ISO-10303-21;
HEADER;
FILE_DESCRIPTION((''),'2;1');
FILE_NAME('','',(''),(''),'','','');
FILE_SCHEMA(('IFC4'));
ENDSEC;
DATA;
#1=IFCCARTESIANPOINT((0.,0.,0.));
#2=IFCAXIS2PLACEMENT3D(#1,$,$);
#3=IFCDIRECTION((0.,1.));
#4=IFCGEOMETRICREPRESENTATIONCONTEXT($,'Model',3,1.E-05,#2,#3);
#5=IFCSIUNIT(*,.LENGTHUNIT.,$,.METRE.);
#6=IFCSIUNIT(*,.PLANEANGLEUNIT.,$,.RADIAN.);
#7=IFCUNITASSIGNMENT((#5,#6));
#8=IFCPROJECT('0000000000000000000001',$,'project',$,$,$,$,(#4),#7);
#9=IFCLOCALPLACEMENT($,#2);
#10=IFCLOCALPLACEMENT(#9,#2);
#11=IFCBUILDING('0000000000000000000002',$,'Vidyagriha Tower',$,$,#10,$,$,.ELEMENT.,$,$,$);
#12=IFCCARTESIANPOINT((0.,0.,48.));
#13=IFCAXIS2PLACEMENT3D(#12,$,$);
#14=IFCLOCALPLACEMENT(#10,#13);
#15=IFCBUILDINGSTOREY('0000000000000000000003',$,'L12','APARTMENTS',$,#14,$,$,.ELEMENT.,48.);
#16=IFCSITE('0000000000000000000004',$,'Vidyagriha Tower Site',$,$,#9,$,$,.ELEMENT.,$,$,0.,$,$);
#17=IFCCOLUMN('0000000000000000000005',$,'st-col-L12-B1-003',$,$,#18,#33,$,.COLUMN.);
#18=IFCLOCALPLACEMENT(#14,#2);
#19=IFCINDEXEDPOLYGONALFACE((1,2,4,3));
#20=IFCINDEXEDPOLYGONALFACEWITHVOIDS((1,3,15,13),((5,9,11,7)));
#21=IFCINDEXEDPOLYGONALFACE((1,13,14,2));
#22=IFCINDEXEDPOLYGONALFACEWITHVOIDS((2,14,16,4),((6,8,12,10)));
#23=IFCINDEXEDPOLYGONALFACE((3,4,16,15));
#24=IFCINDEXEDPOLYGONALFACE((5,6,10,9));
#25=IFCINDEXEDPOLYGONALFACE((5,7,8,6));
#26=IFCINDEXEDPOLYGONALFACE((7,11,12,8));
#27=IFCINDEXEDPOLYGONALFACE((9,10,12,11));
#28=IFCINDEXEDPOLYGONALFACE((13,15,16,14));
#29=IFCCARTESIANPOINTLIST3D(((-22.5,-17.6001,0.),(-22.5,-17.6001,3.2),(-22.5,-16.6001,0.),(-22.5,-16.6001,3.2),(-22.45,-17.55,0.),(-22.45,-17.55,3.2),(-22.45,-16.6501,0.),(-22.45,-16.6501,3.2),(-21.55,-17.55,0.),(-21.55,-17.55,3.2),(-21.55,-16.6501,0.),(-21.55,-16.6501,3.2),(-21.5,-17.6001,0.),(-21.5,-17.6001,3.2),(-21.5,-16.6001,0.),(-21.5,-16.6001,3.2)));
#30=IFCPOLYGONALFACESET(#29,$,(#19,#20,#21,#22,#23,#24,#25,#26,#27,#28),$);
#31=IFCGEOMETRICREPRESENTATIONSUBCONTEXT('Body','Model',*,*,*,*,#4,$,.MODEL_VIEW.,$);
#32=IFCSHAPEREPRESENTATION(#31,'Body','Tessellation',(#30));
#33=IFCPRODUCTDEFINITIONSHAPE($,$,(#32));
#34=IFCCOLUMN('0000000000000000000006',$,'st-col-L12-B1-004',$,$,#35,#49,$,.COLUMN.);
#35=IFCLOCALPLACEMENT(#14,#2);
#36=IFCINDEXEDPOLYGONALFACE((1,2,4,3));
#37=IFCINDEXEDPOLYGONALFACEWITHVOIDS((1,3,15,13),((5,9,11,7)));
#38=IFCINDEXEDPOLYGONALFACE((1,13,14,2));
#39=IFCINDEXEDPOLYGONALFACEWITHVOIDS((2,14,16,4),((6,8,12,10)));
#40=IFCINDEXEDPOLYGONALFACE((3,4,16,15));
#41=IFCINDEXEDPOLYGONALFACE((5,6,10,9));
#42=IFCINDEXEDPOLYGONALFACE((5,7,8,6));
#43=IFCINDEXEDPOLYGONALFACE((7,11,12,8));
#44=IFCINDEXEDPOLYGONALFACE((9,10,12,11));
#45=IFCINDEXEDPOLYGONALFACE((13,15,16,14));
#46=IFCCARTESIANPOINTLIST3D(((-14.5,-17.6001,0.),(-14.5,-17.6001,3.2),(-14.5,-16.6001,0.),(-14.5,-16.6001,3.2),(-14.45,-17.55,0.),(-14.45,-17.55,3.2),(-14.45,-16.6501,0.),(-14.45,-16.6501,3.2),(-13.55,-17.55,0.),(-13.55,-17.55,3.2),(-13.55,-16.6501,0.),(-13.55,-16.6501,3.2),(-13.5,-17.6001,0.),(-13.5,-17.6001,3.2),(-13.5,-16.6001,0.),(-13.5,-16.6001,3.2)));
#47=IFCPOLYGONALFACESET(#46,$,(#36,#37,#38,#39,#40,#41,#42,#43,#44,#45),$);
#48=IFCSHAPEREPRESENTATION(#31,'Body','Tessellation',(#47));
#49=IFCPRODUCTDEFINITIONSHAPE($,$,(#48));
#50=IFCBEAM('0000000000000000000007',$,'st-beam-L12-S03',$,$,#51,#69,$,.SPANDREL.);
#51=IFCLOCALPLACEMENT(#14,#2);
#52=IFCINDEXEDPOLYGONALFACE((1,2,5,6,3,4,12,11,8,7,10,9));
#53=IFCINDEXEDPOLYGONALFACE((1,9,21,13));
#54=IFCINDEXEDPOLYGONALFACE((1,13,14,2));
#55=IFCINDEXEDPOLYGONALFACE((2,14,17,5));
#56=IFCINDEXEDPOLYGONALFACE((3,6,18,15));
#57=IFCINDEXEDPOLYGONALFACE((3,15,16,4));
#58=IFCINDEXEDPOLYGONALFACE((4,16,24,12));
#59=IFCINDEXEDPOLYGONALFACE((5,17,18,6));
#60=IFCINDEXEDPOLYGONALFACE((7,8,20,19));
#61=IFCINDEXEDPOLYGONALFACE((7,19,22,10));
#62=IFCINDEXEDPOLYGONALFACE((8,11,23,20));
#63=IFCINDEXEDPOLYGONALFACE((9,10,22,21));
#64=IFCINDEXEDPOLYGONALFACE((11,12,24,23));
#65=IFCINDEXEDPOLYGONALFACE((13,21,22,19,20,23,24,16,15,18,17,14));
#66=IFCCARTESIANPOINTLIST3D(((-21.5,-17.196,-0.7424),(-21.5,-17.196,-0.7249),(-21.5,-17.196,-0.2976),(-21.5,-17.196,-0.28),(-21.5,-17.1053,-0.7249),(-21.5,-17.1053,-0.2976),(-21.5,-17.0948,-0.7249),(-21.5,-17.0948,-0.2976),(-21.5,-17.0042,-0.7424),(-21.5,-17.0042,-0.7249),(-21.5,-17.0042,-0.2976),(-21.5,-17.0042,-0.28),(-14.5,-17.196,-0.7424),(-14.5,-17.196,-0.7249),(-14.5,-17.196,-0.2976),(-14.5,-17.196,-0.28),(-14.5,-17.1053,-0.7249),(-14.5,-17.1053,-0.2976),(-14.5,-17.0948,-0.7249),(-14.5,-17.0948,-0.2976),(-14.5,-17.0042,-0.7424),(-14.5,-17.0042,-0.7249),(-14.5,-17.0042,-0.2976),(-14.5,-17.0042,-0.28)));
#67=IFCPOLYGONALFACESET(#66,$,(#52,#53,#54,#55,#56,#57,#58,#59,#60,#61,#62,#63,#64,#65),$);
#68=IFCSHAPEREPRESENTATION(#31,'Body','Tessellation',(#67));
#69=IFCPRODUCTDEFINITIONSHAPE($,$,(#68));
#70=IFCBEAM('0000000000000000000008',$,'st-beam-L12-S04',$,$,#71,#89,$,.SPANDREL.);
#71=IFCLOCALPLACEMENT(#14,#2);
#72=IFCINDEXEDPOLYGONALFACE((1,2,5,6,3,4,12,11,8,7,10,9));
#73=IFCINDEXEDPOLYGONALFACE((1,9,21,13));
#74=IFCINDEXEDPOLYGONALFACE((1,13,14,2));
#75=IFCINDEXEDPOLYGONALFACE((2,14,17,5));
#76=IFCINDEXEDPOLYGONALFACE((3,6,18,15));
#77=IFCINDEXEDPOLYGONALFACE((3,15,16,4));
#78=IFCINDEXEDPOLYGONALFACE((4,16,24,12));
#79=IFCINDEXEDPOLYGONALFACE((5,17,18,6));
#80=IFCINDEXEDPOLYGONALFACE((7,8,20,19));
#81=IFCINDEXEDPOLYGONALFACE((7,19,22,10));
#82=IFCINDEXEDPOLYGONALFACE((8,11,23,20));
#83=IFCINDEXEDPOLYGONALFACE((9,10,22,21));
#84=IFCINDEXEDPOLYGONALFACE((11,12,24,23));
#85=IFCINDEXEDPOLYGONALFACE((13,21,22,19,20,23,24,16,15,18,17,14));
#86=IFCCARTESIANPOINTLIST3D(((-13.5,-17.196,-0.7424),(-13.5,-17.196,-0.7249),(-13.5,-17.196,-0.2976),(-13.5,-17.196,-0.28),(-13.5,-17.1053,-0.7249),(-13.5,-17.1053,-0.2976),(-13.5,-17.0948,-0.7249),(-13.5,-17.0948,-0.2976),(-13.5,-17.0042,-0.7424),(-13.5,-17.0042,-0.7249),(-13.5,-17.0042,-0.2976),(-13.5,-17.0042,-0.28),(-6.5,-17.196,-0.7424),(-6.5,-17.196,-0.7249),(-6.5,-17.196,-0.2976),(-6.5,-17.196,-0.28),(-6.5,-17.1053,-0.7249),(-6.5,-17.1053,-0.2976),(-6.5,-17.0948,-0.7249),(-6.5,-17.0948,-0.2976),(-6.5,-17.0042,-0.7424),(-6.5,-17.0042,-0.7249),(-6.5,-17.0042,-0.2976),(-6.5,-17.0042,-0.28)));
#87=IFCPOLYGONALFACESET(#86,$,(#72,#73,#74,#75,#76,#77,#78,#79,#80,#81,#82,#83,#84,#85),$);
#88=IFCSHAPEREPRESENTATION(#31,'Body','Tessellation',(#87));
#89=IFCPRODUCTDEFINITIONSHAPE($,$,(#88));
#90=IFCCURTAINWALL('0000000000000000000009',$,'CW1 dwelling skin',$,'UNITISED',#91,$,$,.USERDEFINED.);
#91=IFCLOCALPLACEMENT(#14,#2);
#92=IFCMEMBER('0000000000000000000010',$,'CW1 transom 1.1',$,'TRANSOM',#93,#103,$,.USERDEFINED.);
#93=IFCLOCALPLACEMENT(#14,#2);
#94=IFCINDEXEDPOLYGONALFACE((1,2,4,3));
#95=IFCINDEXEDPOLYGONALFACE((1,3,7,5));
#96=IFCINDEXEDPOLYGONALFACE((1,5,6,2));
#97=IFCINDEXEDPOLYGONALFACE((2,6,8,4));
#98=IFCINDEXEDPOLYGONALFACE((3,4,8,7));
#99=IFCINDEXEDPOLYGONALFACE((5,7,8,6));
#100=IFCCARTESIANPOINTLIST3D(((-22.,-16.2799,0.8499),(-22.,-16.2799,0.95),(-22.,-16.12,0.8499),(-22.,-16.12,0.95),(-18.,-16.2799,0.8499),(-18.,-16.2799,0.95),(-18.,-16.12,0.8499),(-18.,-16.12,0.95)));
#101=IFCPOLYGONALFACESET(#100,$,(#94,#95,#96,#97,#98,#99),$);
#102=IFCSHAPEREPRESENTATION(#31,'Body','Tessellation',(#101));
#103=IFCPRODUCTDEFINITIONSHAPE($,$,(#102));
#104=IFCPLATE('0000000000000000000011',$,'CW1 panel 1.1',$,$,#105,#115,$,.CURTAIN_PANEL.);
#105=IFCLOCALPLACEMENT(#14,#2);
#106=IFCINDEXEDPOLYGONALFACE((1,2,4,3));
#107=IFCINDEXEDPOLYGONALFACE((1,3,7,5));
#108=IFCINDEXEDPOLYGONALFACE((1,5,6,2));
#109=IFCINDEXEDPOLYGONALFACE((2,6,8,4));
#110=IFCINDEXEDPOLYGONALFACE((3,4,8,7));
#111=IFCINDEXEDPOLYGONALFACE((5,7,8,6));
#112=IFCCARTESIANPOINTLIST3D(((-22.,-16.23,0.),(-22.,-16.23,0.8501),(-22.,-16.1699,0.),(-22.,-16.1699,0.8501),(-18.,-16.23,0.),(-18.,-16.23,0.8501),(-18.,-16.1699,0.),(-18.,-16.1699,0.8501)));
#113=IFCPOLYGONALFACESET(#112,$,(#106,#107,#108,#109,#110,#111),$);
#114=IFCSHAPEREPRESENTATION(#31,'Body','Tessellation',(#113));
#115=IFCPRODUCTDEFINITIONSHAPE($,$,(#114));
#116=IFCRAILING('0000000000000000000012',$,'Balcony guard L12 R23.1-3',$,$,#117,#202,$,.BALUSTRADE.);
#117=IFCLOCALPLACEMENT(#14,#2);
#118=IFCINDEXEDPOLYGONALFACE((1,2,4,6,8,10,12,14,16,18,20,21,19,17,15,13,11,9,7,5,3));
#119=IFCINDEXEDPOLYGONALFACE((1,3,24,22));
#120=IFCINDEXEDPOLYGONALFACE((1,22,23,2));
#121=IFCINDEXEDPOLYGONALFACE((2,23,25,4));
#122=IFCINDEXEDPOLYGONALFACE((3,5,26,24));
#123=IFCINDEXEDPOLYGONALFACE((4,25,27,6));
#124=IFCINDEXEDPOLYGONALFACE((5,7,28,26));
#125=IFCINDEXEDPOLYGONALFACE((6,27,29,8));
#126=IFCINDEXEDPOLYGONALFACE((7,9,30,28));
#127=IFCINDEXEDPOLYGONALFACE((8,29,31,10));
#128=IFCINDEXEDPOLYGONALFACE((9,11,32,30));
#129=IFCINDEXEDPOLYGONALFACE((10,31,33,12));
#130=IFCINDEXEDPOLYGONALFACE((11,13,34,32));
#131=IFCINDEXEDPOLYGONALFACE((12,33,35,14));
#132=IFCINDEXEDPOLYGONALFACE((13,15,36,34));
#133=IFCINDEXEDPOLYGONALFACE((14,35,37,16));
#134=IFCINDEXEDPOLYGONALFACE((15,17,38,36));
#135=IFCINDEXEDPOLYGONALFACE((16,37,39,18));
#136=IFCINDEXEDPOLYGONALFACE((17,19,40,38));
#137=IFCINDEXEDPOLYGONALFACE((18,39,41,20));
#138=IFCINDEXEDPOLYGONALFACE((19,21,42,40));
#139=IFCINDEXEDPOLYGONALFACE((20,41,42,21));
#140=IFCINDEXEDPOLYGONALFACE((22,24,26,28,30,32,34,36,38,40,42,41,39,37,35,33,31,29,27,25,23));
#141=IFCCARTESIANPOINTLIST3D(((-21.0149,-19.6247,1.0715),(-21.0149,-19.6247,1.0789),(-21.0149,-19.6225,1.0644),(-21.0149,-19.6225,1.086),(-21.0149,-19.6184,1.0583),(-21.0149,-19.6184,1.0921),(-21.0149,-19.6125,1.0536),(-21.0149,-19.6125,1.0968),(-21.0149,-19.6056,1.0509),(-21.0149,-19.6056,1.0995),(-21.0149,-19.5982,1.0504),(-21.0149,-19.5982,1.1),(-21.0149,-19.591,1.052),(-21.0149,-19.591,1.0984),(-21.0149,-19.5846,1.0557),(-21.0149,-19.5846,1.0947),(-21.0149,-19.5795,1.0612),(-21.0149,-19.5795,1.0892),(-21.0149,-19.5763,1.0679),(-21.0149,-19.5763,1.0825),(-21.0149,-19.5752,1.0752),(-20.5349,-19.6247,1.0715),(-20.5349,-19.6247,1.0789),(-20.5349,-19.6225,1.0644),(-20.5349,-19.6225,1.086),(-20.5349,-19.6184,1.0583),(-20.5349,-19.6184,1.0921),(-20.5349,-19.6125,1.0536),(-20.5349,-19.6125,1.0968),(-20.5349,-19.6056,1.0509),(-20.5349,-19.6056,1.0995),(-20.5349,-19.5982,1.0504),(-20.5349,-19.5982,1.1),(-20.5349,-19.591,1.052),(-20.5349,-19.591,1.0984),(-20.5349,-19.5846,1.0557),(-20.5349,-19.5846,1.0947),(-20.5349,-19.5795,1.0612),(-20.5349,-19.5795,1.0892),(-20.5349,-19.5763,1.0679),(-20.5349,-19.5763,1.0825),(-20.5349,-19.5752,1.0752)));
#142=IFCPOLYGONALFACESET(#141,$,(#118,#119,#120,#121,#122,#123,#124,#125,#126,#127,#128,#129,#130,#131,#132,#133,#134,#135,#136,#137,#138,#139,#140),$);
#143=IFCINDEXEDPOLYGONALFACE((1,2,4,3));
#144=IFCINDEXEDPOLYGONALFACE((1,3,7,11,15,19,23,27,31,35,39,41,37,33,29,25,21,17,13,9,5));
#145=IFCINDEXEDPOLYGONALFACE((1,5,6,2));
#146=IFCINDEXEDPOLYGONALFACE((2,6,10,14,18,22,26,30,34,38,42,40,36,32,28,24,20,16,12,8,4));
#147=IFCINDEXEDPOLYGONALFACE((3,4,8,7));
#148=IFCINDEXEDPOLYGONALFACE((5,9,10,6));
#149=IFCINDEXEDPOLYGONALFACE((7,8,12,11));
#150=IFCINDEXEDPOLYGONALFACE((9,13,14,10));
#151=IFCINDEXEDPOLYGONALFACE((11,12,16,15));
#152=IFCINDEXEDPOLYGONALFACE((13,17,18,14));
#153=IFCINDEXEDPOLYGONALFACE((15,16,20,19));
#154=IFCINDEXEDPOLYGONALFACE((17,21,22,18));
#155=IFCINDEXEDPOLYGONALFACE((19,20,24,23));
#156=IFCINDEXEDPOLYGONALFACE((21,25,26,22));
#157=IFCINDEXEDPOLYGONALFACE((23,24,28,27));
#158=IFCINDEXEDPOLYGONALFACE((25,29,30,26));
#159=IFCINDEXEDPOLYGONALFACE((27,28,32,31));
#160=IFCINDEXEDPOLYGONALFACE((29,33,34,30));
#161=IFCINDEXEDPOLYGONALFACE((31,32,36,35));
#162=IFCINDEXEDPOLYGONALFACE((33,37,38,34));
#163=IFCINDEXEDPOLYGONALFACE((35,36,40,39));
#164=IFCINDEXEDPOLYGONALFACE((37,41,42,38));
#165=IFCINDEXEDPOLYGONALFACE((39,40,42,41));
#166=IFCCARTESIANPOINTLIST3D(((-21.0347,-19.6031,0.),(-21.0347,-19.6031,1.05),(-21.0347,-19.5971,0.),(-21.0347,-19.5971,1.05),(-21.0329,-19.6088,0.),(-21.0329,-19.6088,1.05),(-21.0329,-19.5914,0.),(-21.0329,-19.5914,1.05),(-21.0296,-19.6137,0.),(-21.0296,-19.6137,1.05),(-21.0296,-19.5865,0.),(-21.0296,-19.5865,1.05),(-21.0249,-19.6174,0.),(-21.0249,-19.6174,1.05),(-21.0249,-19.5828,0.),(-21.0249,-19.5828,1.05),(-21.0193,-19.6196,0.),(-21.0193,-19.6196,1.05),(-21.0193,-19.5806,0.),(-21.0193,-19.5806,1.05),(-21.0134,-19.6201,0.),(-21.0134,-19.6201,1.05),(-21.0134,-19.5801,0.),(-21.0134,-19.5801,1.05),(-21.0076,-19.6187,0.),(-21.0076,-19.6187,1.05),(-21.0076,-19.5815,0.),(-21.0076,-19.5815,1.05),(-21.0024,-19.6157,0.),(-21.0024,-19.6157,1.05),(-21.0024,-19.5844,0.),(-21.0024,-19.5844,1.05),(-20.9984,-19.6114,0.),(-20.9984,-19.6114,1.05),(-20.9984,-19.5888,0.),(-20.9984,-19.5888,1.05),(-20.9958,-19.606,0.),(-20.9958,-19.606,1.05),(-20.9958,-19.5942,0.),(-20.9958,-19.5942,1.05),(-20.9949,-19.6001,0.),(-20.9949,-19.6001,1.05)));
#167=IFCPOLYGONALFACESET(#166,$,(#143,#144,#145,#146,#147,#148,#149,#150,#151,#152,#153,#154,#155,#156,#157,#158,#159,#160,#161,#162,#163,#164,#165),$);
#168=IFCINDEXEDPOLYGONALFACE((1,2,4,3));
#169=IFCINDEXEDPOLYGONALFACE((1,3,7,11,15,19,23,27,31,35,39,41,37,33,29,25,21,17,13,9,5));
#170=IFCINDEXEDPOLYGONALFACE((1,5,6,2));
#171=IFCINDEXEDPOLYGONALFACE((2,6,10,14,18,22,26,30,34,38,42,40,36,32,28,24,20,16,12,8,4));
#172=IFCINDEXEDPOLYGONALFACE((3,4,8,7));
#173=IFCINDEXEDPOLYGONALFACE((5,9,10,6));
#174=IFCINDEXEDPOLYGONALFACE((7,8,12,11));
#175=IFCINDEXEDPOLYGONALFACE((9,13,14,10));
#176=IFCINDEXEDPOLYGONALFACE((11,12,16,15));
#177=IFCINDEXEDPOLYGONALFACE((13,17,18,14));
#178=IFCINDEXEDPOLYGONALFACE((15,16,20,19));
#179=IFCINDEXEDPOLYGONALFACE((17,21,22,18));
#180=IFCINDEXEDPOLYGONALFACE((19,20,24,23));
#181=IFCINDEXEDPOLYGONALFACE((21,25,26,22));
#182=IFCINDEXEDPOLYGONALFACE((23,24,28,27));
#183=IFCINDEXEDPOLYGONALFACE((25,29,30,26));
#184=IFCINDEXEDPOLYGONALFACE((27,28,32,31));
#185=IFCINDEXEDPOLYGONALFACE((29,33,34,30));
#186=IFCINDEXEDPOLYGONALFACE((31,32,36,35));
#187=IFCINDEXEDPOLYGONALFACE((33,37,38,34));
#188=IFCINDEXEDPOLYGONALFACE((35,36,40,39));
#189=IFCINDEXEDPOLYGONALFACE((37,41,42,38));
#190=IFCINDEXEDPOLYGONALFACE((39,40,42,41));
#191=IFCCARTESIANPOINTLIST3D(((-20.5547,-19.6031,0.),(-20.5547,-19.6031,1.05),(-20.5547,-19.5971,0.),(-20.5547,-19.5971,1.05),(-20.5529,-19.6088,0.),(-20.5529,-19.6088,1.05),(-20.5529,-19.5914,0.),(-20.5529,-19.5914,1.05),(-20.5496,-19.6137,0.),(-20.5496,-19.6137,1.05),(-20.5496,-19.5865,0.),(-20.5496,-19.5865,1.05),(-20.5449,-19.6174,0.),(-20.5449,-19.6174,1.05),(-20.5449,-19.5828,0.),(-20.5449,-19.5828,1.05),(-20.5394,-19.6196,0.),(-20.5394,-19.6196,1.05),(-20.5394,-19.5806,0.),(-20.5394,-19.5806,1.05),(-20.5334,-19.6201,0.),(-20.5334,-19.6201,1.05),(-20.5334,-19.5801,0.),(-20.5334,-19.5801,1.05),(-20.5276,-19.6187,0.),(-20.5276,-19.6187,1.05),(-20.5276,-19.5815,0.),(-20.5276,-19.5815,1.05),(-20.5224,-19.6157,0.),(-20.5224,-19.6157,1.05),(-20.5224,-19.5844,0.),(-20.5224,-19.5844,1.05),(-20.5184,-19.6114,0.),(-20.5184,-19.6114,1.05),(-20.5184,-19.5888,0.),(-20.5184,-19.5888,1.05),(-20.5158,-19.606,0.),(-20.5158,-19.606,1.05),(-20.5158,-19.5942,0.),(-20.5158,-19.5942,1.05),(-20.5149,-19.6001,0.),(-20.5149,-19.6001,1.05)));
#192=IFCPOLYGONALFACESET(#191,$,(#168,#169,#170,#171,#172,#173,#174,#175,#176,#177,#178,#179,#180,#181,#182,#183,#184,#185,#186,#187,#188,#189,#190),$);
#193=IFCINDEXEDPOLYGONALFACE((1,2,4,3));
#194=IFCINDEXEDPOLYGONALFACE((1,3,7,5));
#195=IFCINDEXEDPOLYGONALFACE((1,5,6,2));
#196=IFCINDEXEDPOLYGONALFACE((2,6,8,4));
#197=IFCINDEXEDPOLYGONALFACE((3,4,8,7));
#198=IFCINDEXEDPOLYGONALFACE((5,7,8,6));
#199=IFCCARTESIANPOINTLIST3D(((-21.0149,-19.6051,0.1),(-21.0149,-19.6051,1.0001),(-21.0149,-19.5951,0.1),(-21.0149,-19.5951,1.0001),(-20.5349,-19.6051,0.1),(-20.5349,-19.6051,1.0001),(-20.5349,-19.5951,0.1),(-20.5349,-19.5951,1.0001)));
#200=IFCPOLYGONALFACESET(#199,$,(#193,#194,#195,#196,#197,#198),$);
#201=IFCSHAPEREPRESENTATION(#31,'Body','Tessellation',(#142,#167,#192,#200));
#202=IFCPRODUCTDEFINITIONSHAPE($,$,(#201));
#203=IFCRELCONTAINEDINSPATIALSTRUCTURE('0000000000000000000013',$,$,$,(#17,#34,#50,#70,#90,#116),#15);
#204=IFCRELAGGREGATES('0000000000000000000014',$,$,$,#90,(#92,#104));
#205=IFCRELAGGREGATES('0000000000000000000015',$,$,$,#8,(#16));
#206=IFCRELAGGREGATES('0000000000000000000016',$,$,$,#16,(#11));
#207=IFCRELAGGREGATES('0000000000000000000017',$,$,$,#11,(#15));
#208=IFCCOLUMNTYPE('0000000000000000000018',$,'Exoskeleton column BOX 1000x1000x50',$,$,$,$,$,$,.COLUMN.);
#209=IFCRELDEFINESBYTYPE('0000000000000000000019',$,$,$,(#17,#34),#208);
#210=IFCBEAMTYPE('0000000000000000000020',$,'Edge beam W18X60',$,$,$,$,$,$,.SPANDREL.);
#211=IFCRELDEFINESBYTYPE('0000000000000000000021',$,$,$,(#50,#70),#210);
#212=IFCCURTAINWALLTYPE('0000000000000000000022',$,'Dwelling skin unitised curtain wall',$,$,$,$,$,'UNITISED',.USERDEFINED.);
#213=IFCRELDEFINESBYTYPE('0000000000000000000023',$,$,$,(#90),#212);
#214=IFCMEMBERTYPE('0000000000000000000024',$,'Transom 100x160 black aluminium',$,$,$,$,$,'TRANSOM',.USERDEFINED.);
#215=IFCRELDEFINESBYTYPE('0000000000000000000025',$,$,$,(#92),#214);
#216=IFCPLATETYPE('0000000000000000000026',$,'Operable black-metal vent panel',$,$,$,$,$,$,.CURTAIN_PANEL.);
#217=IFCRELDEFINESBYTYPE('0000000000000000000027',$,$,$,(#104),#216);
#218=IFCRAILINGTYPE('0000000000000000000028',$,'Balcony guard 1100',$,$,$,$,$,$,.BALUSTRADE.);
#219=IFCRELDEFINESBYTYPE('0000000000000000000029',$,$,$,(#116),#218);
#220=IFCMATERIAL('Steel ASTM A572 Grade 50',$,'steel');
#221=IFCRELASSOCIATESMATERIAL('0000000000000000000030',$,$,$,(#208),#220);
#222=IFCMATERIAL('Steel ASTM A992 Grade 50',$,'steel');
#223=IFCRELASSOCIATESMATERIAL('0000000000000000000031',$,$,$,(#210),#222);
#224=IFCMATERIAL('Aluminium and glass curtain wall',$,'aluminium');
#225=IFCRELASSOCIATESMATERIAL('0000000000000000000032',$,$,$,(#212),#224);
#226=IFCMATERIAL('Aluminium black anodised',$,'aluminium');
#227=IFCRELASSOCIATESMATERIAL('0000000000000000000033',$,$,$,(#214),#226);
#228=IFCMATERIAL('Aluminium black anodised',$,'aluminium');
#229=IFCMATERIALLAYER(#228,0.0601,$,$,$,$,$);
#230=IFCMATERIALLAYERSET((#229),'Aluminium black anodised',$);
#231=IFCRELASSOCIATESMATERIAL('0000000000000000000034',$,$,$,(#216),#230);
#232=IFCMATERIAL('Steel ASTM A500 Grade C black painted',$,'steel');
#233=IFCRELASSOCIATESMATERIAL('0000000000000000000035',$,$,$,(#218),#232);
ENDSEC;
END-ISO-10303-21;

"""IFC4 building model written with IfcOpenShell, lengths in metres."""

from ifc_helpers import new_model, si_unit, direction, frame, origin, origin_2d, place, context, subcontext, project, spatial, rectangle, hollow_rectangle, circle, i_section, extrude, material, layer, layer_set, material_profile, profile_set, type_object, element, aggregate, save


model = new_model("IFC4")

# Units and contexts
model_context = context("Model", 3, precision=1e-05, world=origin(), true_north=direction((0.0, 1.0)))
body_context = subcontext(model_context, "Body", "Model", "MODEL_VIEW")
ifc_project = project(units=[si_unit("LENGTHUNIT", "METRE"), si_unit("PLANEANGLEUNIT", "RADIAN")], contexts=[model_context])

# Site, building, storey
site_placement = place(None, origin())
site = spatial("IfcSite", under=ifc_project, at=site_placement, Name="Vidyagriha Tower Site", CompositionType="ELEMENT", RefElevation=0.0)
building_placement = place(site_placement, origin())
building = spatial("IfcBuilding", under=site, at=building_placement, Name="Vidyagriha Tower", CompositionType="ELEMENT")
storey_placement = place(building_placement, frame((0.0, 0.0, 48.0)))
storey = spatial("IfcBuildingStorey", under=building, at=storey_placement, Name="L12", Description="APARTMENTS", CompositionType="ELEMENT", Elevation=48.0)

# Columns
ifc_material_1 = material(Name="Steel ASTM A572 Grade 50", Category="steel")
ifc_material_profile_1 = material_profile(ifc_material_1, hollow_rectangle(XDim=1.0, YDim=1.0, WallThickness=0.05, at=origin_2d()), Name="BOX 1000x1000x50")
ifc_profile_set_1 = profile_set([ifc_material_profile_1], Name="Steel ASTM A572 Grade 50")
column_type = type_object("IfcColumnType", Name="Exoskeleton column BOX 1000x1000x50", PredefinedType="COLUMN", material=ifc_profile_set_1)
for number, where, name in (
    (1, (-22.0, -17.1001, 0.0), "st-col-L12-B1-003"),
    (2, (-14.0, -17.1001, 0.0), "st-col-L12-B1-004"),
):
    element("IfcColumn", number, at=place(storey_placement, frame(where)), inside=storey, type_object=column_type, Name=name, PredefinedType="COLUMN", context=body_context, shape_type="SweptSolid", body=[
        extrude(hollow_rectangle(XDim=1.0, YDim=1.0, WallThickness=0.05, at=origin_2d()), origin(), (0.0, 0.0, 1.0), 3.2),
    ])

# Beams
ifc_material_2 = material(Name="Steel ASTM A992 Grade 50", Category="steel")
ifc_material_profile_2 = material_profile(ifc_material_2, i_section(OverallWidth=0.1919, OverallDepth=0.4624, WebThickness=0.0105, FlangeThickness=0.0176, at=origin_2d()), Name="W18X60")
ifc_profile_set_2 = profile_set([ifc_material_profile_2], Name="Steel ASTM A992 Grade 50")
beam_type = type_object("IfcBeamType", Name="Edge beam W18X60", PredefinedType="SPANDREL", material=ifc_profile_set_2)
for number, where, z_axis, x_axis, name in (
    (3, (-21.5, -17.1001, -0.5112), (1.0, 0.0, 0.0), (0.0, 1.0, 0.0), "st-beam-L12-S03"),
    (4, (-13.5, -17.1001, -0.5112), (1.0, 0.0, 0.0), (0.0, 1.0, 0.0), "st-beam-L12-S04"),
):
    element("IfcBeam", number, at=place(storey_placement, frame(where, z_axis=z_axis, x_axis=x_axis)), inside=storey, type_object=beam_type, Name=name, PredefinedType="SPANDREL", context=body_context, shape_type="SweptSolid", body=[
        extrude(i_section(OverallWidth=0.1919, OverallDepth=0.4624, WebThickness=0.0105, FlangeThickness=0.0176, at=origin_2d()), origin(), (0.0, 0.0, 1.0), 7.0),
    ])

# Curtain wall, member, plate
ifc_material_3 = material(Name="Aluminium and glass curtain wall", Category="aluminium")
curtain_wall_type = type_object("IfcCurtainWallType", Name="Dwelling skin unitised curtain wall", ElementType="UNITISED", PredefinedType="USERDEFINED", material=ifc_material_3)
curtain_wall_placement = place(storey_placement, origin())
curtain_wall = element("IfcCurtainWall", 5, at=curtain_wall_placement, inside=storey, type_object=curtain_wall_type, Name="CW1 dwelling skin", ObjectType="UNITISED", PredefinedType="USERDEFINED")
ifc_material_4 = material(Name="Aluminium black anodised", Category="aluminium")
ifc_material_profile_3 = material_profile(ifc_material_4, rectangle(XDim=0.1599, YDim=0.1001, at=origin_2d()), Name="Transom 100x160 black aluminium")
ifc_profile_set_3 = profile_set([ifc_material_profile_3], Name="Aluminium black anodised")
member_type = type_object("IfcMemberType", Name="Transom 100x160 black aluminium", ElementType="TRANSOM", PredefinedType="USERDEFINED", material=ifc_profile_set_3)
member_placement = place(storey_placement, frame((-22.0, -16.2, 0.8999), z_axis=(1.0, 0.0, 0.0), x_axis=(0.0, 1.0, 0.0)))
member = element("IfcMember", 6, at=member_placement, type_object=member_type, Name="CW1 transom 1.1", ObjectType="TRANSOM", PredefinedType="USERDEFINED", context=body_context, shape_type="SweptSolid", body=[
    extrude(rectangle(XDim=0.1599, YDim=0.1001, at=origin_2d()), origin(), (0.0, 0.0, 1.0), 4.0),
])
ifc_material_5 = material(Name="Aluminium black anodised", Category="aluminium")
ifc_layer_1 = layer(ifc_material_5, 0.0601)
ifc_layer_set_1 = layer_set([ifc_layer_1], Name="Aluminium black anodised")
plate_type = type_object("IfcPlateType", Name="Operable black-metal vent panel", PredefinedType="CURTAIN_PANEL", material=ifc_layer_set_1)
plate_placement = place(storey_placement, frame((-20.0, -16.2, 0.0)))
plate = element("IfcPlate", 7, at=plate_placement, type_object=plate_type, Name="CW1 panel 1.1", PredefinedType="CURTAIN_PANEL", context=body_context, shape_type="SweptSolid", body=[
    extrude(rectangle(XDim=4.0, YDim=0.0601, at=origin_2d()), origin(), (0.0, 0.0, 1.0), 0.8501),
])
aggregate(curtain_wall, [member, plate])

# Railing
ifc_material_6 = material(Name="Steel ASTM A500 Grade C black painted", Category="steel")
railing_type = type_object("IfcRailingType", Name="Balcony guard 1100", PredefinedType="BALUSTRADE", material=ifc_material_6)
railing_1_placement = place(storey_placement, frame((-21.0149, -19.6001, 0.0)))
element("IfcRailing", 8, at=railing_1_placement, inside=storey, type_object=railing_type, Name="Balcony guard L12 R23.1-3", PredefinedType="BALUSTRADE", context=body_context, shape_type="SweptSolid", body=[
    extrude(circle(Radius=0.0249, at=origin_2d()), frame((0.0, 0.0, 1.0752), z_axis=(1.0, 0.0, 0.0), x_axis=(0.0, 1.0, 0.0)), (0.0, 0.0, 1.0), 0.48),
    extrude(circle(Radius=0.02, at=origin_2d()), origin(), (0.0, 0.0, 1.0), 1.05),
    extrude(circle(Radius=0.02, at=origin_2d()), frame((0.48, 0.0, 0.0)), (0.0, 0.0, 1.0), 1.05),
    extrude(rectangle(XDim=0.01, YDim=0.9001, at=origin_2d()), frame((0.0, 0.0, 0.55), z_axis=(1.0, 0.0, 0.0), x_axis=(0.0, 1.0, 0.0)), (0.0, 0.0, 1.0), 0.48),
])

save(model, "model.ifc")
